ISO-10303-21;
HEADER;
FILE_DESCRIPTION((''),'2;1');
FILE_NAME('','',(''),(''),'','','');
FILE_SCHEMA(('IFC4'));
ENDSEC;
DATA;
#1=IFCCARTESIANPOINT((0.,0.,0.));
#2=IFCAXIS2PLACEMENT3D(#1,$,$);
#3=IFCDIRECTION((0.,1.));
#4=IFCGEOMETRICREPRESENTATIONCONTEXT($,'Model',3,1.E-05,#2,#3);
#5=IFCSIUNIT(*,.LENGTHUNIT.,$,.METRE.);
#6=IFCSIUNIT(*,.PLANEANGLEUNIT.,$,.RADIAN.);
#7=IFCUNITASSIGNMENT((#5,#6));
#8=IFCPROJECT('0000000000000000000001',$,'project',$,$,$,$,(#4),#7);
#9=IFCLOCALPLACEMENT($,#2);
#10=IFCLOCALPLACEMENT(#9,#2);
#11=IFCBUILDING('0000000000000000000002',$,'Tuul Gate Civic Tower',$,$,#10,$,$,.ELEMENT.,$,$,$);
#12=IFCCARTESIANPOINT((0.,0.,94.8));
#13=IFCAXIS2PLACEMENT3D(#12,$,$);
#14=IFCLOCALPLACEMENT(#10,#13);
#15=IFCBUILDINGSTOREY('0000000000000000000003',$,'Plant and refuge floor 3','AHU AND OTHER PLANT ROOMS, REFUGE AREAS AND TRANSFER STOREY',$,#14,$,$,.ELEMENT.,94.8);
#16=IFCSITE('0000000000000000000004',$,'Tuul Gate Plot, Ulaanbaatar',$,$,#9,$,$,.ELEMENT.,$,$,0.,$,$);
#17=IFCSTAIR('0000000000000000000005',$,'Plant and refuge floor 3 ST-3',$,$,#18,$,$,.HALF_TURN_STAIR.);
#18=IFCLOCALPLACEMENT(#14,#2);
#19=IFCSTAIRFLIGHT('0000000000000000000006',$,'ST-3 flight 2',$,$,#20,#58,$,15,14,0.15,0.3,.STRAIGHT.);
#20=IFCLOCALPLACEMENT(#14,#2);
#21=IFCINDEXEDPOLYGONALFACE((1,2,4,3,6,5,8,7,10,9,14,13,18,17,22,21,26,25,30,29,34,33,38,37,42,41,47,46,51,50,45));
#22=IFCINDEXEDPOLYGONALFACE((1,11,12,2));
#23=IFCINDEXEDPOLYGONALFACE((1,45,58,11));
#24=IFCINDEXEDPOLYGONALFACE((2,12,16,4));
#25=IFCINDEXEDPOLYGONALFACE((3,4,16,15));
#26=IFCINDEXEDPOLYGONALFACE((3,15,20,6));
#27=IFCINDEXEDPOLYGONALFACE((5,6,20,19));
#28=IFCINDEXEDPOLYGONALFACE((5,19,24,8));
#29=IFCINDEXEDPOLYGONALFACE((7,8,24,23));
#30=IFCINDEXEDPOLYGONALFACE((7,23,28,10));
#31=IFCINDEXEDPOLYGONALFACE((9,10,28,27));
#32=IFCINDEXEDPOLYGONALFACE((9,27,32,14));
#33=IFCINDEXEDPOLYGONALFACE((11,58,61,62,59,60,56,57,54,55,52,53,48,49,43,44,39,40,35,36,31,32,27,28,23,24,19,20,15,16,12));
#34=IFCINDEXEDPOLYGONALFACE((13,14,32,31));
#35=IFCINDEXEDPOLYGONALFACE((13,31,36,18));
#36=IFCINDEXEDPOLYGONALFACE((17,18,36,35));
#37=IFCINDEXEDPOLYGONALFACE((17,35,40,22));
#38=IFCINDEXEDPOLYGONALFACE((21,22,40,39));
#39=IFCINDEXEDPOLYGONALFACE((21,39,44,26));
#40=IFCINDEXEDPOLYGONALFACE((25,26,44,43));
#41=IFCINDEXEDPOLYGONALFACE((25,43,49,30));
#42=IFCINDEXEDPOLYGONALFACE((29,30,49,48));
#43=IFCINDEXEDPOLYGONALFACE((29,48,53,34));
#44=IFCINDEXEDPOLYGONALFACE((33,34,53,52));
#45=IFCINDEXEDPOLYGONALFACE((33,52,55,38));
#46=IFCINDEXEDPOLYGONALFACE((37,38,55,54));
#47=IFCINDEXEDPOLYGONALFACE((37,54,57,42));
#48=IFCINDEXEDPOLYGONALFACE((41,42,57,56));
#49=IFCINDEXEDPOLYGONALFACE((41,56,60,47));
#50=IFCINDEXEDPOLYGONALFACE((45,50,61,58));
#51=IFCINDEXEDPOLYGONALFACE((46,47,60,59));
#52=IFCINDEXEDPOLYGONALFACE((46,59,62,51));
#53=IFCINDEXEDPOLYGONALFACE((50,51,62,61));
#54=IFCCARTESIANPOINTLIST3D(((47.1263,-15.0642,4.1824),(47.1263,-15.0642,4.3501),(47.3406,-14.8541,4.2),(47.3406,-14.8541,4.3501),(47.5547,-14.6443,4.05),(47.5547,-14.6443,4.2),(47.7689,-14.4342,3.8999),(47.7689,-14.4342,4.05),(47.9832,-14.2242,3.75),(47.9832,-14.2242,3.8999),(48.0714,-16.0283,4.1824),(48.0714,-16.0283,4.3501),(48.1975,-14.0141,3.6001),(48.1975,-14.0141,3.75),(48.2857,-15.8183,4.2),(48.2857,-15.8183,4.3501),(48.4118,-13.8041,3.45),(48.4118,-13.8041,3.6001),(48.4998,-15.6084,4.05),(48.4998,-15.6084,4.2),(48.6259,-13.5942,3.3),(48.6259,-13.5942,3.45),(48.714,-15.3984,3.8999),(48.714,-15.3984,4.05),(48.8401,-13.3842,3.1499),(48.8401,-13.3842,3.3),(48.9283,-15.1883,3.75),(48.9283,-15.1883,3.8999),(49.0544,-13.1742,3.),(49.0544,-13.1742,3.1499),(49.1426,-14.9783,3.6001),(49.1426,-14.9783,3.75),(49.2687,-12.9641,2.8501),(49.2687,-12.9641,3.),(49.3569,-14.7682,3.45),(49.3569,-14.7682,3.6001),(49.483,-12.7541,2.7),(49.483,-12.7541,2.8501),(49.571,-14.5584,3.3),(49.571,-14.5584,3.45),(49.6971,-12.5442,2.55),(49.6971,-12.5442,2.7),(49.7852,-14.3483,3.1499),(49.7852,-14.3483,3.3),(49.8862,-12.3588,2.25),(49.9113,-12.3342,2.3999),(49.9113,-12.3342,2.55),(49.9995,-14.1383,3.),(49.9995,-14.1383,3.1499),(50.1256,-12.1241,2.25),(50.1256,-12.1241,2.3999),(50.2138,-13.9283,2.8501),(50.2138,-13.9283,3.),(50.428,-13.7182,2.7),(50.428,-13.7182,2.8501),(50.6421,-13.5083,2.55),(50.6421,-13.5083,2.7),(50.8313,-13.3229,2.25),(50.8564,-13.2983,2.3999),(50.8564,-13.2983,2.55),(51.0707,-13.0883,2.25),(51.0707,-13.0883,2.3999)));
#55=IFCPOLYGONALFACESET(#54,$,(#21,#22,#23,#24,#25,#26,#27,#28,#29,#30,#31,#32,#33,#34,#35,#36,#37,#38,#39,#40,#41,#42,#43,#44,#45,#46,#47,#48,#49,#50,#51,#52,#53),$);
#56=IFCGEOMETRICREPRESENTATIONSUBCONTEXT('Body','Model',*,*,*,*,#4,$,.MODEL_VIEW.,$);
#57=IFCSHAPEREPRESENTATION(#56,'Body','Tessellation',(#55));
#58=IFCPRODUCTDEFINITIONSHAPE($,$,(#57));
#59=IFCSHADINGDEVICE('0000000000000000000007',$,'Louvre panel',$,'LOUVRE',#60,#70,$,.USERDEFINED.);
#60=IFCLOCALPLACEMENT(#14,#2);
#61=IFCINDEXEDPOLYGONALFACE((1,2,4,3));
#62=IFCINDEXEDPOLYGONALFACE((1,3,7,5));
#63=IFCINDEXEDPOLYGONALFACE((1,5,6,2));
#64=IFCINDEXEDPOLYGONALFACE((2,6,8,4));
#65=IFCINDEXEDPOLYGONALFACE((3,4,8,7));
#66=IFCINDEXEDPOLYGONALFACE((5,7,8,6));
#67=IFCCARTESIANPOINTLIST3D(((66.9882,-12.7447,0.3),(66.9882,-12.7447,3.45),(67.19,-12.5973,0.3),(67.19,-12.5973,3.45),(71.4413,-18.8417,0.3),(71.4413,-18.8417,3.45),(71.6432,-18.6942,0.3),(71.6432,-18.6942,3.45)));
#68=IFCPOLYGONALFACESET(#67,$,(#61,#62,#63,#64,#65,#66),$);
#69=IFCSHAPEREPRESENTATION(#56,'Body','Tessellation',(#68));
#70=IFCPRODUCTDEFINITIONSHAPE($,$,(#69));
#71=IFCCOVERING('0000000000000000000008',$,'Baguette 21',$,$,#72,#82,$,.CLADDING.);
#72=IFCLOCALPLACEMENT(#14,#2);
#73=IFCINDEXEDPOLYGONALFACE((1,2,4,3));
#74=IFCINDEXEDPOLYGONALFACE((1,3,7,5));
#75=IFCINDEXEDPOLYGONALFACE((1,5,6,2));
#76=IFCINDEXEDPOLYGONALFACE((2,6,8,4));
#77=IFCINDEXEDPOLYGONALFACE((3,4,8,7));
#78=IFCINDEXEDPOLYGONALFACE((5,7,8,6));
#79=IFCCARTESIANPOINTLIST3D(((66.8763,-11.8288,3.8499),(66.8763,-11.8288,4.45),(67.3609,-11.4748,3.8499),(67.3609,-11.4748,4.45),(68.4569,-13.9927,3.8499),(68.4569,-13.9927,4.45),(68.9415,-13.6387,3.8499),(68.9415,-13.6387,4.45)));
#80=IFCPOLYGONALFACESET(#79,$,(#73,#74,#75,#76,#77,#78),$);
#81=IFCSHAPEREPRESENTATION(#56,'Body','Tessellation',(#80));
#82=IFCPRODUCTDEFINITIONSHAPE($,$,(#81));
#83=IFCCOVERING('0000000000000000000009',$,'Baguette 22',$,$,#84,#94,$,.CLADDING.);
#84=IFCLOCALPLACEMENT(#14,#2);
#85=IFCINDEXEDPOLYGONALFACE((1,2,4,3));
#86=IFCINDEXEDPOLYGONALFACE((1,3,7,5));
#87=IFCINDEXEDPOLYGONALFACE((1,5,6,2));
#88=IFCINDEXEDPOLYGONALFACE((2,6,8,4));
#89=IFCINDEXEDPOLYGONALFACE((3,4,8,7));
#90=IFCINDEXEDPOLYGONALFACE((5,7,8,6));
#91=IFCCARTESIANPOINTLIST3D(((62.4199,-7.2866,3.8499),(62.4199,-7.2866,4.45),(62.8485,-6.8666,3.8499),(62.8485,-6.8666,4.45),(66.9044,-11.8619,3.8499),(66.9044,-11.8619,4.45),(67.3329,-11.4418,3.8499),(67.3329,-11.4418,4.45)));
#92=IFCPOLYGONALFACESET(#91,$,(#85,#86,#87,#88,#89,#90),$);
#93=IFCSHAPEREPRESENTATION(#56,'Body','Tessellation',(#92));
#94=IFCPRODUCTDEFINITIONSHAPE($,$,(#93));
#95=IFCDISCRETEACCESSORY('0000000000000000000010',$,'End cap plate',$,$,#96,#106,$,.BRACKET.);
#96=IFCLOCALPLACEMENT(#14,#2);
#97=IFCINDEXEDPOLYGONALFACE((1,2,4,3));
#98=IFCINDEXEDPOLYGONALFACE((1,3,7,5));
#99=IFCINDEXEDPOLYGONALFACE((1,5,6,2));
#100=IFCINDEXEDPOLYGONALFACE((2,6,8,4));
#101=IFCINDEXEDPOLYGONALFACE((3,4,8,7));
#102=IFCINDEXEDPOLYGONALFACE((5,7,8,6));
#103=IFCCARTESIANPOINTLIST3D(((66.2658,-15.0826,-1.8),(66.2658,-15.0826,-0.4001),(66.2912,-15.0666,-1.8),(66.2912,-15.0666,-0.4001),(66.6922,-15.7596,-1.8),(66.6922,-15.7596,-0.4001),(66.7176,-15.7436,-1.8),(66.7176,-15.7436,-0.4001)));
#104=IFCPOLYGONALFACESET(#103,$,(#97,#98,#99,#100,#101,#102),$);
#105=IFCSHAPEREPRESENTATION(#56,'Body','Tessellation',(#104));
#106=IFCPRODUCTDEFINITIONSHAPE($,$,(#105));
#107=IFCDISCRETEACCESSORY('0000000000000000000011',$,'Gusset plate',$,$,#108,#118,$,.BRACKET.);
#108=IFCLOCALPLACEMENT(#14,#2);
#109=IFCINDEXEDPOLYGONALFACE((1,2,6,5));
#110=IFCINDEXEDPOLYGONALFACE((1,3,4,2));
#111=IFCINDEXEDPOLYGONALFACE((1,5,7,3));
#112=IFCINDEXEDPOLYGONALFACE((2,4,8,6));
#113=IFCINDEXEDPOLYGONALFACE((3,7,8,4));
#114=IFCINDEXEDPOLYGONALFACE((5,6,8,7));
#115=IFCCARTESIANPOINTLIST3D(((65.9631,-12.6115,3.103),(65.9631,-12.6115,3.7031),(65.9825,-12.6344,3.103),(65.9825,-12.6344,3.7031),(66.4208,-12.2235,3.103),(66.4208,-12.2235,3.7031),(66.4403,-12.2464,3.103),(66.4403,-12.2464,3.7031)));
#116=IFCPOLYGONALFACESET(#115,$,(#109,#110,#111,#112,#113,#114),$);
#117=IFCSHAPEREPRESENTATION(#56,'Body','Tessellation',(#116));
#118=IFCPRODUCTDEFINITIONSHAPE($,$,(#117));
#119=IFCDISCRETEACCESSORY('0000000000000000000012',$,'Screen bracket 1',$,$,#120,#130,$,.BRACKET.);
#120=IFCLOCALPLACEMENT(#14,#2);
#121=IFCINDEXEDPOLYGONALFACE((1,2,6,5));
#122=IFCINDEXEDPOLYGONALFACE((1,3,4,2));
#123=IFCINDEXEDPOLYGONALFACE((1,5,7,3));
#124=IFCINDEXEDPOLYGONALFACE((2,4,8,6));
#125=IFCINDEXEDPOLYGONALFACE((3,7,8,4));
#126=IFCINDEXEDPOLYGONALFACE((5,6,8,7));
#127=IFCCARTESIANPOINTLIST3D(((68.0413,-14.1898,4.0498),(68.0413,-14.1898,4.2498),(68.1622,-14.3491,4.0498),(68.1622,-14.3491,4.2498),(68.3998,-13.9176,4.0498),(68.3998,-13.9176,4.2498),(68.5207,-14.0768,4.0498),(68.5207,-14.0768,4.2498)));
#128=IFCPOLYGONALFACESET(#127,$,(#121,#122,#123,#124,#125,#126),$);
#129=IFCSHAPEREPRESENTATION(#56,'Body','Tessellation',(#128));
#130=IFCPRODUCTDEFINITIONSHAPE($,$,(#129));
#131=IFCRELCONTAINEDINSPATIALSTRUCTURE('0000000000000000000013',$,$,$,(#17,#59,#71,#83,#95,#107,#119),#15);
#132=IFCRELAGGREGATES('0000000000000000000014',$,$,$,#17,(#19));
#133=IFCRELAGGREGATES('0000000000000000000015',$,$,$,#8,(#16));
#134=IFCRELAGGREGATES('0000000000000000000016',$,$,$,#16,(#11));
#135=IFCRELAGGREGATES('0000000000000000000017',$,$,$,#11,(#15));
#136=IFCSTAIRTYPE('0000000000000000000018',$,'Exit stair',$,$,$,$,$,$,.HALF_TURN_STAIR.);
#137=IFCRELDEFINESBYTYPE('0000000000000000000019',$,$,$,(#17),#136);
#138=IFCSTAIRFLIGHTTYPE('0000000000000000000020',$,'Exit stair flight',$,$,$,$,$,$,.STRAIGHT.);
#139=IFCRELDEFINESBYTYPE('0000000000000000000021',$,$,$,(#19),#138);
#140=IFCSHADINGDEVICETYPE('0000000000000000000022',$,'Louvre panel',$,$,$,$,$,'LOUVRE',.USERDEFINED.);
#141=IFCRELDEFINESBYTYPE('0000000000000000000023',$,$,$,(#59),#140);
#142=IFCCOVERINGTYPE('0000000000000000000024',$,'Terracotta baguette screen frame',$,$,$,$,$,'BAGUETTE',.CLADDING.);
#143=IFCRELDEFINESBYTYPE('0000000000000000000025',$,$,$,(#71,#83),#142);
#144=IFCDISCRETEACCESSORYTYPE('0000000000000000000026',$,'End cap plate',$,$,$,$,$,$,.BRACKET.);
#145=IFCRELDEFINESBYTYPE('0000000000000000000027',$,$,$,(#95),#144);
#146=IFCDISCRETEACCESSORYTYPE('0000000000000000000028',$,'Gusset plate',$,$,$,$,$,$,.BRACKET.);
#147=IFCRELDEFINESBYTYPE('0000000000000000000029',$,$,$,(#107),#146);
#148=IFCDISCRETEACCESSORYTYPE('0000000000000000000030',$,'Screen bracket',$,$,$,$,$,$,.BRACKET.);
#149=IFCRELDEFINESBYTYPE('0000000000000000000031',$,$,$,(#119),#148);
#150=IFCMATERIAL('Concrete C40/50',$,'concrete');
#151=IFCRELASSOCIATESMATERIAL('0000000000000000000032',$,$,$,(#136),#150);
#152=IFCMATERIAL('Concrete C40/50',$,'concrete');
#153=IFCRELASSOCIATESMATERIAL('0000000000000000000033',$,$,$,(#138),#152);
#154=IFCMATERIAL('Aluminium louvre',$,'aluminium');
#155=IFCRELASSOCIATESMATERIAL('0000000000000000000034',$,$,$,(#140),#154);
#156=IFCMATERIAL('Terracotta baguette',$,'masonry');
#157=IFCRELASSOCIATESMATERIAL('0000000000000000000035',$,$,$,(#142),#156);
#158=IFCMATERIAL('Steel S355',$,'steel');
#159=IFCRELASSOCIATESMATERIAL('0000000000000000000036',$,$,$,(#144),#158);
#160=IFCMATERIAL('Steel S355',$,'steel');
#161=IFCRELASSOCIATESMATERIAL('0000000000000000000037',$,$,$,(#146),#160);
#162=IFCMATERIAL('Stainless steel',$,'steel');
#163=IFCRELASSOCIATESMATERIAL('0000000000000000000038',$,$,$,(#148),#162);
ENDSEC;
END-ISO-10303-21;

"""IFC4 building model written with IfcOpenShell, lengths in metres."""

from ifc_helpers import new_model, si_unit, direction, frame, origin, origin_2d, place, context, subcontext, project, spatial, polyline, rectangle, outline, extrude, material, material_profile, profile_set, type_object, element, aggregate, save


model = new_model("IFC4")

# Units and contexts
model_context = context("Model", 3, precision=1e-05, world=origin(), true_north=direction((0.0, 1.0)))
body_context = subcontext(model_context, "Body", "Model", "MODEL_VIEW")
ifc_project = project(units=[si_unit("LENGTHUNIT", "METRE"), si_unit("PLANEANGLEUNIT", "RADIAN")], contexts=[model_context])

# Site, building, storey
site_placement = place(None, origin())
site = spatial("IfcSite", under=ifc_project, at=site_placement, Name="Tuul Gate Plot, Ulaanbaatar", CompositionType="ELEMENT", RefElevation=0.0)
building_placement = place(site_placement, origin())
building = spatial("IfcBuilding", under=site, at=building_placement, Name="Tuul Gate Civic Tower", CompositionType="ELEMENT")
storey_placement = place(building_placement, frame((0.0, 0.0, 94.8)))
storey = spatial("IfcBuildingStorey", under=building, at=storey_placement, Name="Plant and refuge floor 3", Description="AHU AND OTHER PLANT ROOMS, REFUGE AREAS AND TRANSFER STOREY", CompositionType="ELEMENT", Elevation=94.8)

# Stair, stair flight
ifc_material_1 = material(Name="Concrete C40/50", Category="concrete")
stair_type = type_object("IfcStairType", Name="Exit stair", PredefinedType="HALF_TURN_STAIR", material=ifc_material_1)
stair_placement = place(storey_placement, origin())
stair = element("IfcStair", 1, at=stair_placement, inside=storey, type_object=stair_type, Name="Plant and refuge floor 3 ST-3", PredefinedType="HALF_TURN_STAIR")
ifc_material_2 = material(Name="Concrete C40/50", Category="concrete")
stair_flight_type = type_object("IfcStairFlightType", Name="Exit stair flight", PredefinedType="STRAIGHT", material=ifc_material_2)
stair_flight_placement = place(storey_placement, frame((50.5981, -12.6062, 2.25), z_axis=(0.0, 0.0, 1.0), x_axis=(-0.714127, -0.700016, 0.0)))
stair_flight = element("IfcStairFlight", 2, at=stair_flight_placement, type_object=stair_flight_type, Name="ST-3 flight 2", NumberOfRisers=15, NumberOfTreads=14, PredefinedType="STRAIGHT", RiserHeight=0.15, TreadLength=0.3, context=body_context, shape_type="SweptSolid", body=[
    extrude(outline(polyline([(0.0, 0.0), (0.0, 0.1499), (0.3, 0.1499), (0.3, 0.3), (0.6001, 0.3), (0.6001, 0.45), (0.8999, 0.45), (0.8999, 0.6001), (1.2, 0.6001), (1.2, 0.75), (1.5, 0.75), (1.5, 0.8999), (1.8, 0.8999), (1.8, 1.05), (2.1001, 1.05), (2.1001, 1.2), (2.3999, 1.2), (2.3999, 1.3501), (2.7, 1.3501), (2.7, 1.5), (3.0, 1.5), (3.0, 1.6499), (3.3, 1.6499), (3.3, 1.8), (3.6001, 1.8), (3.6001, 1.95), (3.8999, 1.95), (3.8999, 2.1001), (4.2, 2.1001), (4.2, 2.25), (4.2, 1.9324), (0.3352, 0.0), (0.0, 0.0)])), frame((0.0, 0.675, 0.0), z_axis=(0.0, -1.0, 0.0), x_axis=(1.0, 0.0, 0.0)), (0.0, 0.0, 1.0), 1.3501),
])
aggregate(stair, [stair_flight])

# Shading device
ifc_material_3 = material(Name="Aluminium louvre", Category="aluminium")
shading_device_type = type_object("IfcShadingDeviceType", Name="Louvre panel", ElementType="LOUVRE", PredefinedType="USERDEFINED", material=ifc_material_3)
shading_device_placement = place(storey_placement, frame((69.3157, -15.7195, 0.3), z_axis=(0.0, 0.0, 1.0), x_axis=(0.807538, 0.589815, 0.0)))
element("IfcShadingDevice", 3, at=shading_device_placement, inside=storey, type_object=shading_device_type, Name="Louvre panel", ObjectType="LOUVRE", PredefinedType="USERDEFINED", context=body_context, shape_type="SweptSolid", body=[
    extrude(rectangle(XDim=0.25, YDim=7.55, at=origin_2d()), origin(), (0.0, 0.0, 1.0), 3.1499),
])

# Coverings
ifc_material_4 = material(Name="Terracotta baguette", Category="masonry")
ifc_material_profile_1 = material_profile(ifc_material_4, rectangle(XDim=0.6001, YDim=0.6001, at=origin_2d()), Name="Terracotta baguette screen frame")
ifc_profile_set_1 = profile_set([ifc_material_profile_1], Name="Terracotta baguette")
covering_type = type_object("IfcCoveringType", Name="Terracotta baguette screen frame", ElementType="BAGUETTE", PredefinedType="CLADDING", material=ifc_profile_set_1)
covering_1_placement = place(storey_placement, frame((68.6992, -13.8157, 4.1499), z_axis=(-0.58985, 0.807513, 0.0), x_axis=(-0.807513, -0.58985, 0.0)))
element("IfcCovering", 4, at=covering_1_placement, inside=storey, type_object=covering_type, Name="Baguette 21", PredefinedType="CLADDING", context=body_context, shape_type="SweptSolid", body=[
    extrude(rectangle(XDim=0.6001, YDim=0.6001, at=origin_2d()), origin(), (0.0, 0.0, 1.0), 2.6797),
])
covering_2_placement = place(storey_placement, frame((67.1187, -11.6519, 4.1499), z_axis=(-0.699983, 0.714159, 0.0), x_axis=(-0.714159, -0.699983, 0.0)))
element("IfcCovering", 5, at=covering_2_placement, inside=storey, type_object=covering_type, Name="Baguette 22", PredefinedType="CLADDING", context=body_context, shape_type="SweptSolid", body=[
    extrude(rectangle(XDim=0.6001, YDim=0.6001, at=origin_2d()), origin(), (0.0, 0.0, 1.0), 6.4065),
])

# Discrete accessories
ifc_material_5 = material(Name="Steel S355", Category="steel")
discrete_accessory_type_1 = type_object("IfcDiscreteAccessoryType", Name="End cap plate", PredefinedType="BRACKET", material=ifc_material_5)
discrete_accessory_1_placement = place(storey_placement, frame((66.4917, -15.4131, -1.8), z_axis=(0.0, 0.0, 1.0), x_axis=(0.846132, 0.532973, 0.0)))
element("IfcDiscreteAccessory", 6, at=discrete_accessory_1_placement, inside=storey, type_object=discrete_accessory_type_1, Name="End cap plate", PredefinedType="BRACKET", context=body_context, shape_type="SweptSolid", body=[
    extrude(rectangle(XDim=0.03, YDim=0.8, at=origin_2d()), origin(), (0.0, 0.0, 1.0), 1.3999),
])
ifc_material_6 = material(Name="Steel S355", Category="steel")
discrete_accessory_type_2 = type_object("IfcDiscreteAccessoryType", Name="Gusset plate", PredefinedType="BRACKET", material=ifc_material_6)
discrete_accessory_2_placement = place(storey_placement, frame((66.2017, -12.429, 3.103), z_axis=(0.0, 0.0, 1.0), x_axis=(-0.762825, -0.646605, 0.0)))
element("IfcDiscreteAccessory", 7, at=discrete_accessory_2_placement, inside=storey, type_object=discrete_accessory_type_2, Name="Gusset plate", PredefinedType="BRACKET", context=body_context, shape_type="SweptSolid", body=[
    extrude(rectangle(XDim=0.6001, YDim=0.03, at=origin_2d()), origin(), (0.0, 0.0, 1.0), 0.6001),
])
ifc_material_7 = material(Name="Stainless steel", Category="steel")
discrete_accessory_type_3 = type_object("IfcDiscreteAccessoryType", Name="Screen bracket", PredefinedType="BRACKET", material=ifc_material_7)
discrete_accessory_3_placement = place(storey_placement, frame((68.281, -14.1333, 4.0498), z_axis=(0.0, 0.0, 1.0), x_axis=(0.796416, 0.604749, 0.0)))
element("IfcDiscreteAccessory", 8, at=discrete_accessory_3_placement, inside=storey, type_object=discrete_accessory_type_3, Name="Screen bracket 1", PredefinedType="BRACKET", context=body_context, shape_type="SweptSolid", body=[
    extrude(rectangle(XDim=0.4502, YDim=0.2, at=origin_2d()), origin(), (0.0, 0.0, 1.0), 0.2),
])

save(model, "model.ifc")
